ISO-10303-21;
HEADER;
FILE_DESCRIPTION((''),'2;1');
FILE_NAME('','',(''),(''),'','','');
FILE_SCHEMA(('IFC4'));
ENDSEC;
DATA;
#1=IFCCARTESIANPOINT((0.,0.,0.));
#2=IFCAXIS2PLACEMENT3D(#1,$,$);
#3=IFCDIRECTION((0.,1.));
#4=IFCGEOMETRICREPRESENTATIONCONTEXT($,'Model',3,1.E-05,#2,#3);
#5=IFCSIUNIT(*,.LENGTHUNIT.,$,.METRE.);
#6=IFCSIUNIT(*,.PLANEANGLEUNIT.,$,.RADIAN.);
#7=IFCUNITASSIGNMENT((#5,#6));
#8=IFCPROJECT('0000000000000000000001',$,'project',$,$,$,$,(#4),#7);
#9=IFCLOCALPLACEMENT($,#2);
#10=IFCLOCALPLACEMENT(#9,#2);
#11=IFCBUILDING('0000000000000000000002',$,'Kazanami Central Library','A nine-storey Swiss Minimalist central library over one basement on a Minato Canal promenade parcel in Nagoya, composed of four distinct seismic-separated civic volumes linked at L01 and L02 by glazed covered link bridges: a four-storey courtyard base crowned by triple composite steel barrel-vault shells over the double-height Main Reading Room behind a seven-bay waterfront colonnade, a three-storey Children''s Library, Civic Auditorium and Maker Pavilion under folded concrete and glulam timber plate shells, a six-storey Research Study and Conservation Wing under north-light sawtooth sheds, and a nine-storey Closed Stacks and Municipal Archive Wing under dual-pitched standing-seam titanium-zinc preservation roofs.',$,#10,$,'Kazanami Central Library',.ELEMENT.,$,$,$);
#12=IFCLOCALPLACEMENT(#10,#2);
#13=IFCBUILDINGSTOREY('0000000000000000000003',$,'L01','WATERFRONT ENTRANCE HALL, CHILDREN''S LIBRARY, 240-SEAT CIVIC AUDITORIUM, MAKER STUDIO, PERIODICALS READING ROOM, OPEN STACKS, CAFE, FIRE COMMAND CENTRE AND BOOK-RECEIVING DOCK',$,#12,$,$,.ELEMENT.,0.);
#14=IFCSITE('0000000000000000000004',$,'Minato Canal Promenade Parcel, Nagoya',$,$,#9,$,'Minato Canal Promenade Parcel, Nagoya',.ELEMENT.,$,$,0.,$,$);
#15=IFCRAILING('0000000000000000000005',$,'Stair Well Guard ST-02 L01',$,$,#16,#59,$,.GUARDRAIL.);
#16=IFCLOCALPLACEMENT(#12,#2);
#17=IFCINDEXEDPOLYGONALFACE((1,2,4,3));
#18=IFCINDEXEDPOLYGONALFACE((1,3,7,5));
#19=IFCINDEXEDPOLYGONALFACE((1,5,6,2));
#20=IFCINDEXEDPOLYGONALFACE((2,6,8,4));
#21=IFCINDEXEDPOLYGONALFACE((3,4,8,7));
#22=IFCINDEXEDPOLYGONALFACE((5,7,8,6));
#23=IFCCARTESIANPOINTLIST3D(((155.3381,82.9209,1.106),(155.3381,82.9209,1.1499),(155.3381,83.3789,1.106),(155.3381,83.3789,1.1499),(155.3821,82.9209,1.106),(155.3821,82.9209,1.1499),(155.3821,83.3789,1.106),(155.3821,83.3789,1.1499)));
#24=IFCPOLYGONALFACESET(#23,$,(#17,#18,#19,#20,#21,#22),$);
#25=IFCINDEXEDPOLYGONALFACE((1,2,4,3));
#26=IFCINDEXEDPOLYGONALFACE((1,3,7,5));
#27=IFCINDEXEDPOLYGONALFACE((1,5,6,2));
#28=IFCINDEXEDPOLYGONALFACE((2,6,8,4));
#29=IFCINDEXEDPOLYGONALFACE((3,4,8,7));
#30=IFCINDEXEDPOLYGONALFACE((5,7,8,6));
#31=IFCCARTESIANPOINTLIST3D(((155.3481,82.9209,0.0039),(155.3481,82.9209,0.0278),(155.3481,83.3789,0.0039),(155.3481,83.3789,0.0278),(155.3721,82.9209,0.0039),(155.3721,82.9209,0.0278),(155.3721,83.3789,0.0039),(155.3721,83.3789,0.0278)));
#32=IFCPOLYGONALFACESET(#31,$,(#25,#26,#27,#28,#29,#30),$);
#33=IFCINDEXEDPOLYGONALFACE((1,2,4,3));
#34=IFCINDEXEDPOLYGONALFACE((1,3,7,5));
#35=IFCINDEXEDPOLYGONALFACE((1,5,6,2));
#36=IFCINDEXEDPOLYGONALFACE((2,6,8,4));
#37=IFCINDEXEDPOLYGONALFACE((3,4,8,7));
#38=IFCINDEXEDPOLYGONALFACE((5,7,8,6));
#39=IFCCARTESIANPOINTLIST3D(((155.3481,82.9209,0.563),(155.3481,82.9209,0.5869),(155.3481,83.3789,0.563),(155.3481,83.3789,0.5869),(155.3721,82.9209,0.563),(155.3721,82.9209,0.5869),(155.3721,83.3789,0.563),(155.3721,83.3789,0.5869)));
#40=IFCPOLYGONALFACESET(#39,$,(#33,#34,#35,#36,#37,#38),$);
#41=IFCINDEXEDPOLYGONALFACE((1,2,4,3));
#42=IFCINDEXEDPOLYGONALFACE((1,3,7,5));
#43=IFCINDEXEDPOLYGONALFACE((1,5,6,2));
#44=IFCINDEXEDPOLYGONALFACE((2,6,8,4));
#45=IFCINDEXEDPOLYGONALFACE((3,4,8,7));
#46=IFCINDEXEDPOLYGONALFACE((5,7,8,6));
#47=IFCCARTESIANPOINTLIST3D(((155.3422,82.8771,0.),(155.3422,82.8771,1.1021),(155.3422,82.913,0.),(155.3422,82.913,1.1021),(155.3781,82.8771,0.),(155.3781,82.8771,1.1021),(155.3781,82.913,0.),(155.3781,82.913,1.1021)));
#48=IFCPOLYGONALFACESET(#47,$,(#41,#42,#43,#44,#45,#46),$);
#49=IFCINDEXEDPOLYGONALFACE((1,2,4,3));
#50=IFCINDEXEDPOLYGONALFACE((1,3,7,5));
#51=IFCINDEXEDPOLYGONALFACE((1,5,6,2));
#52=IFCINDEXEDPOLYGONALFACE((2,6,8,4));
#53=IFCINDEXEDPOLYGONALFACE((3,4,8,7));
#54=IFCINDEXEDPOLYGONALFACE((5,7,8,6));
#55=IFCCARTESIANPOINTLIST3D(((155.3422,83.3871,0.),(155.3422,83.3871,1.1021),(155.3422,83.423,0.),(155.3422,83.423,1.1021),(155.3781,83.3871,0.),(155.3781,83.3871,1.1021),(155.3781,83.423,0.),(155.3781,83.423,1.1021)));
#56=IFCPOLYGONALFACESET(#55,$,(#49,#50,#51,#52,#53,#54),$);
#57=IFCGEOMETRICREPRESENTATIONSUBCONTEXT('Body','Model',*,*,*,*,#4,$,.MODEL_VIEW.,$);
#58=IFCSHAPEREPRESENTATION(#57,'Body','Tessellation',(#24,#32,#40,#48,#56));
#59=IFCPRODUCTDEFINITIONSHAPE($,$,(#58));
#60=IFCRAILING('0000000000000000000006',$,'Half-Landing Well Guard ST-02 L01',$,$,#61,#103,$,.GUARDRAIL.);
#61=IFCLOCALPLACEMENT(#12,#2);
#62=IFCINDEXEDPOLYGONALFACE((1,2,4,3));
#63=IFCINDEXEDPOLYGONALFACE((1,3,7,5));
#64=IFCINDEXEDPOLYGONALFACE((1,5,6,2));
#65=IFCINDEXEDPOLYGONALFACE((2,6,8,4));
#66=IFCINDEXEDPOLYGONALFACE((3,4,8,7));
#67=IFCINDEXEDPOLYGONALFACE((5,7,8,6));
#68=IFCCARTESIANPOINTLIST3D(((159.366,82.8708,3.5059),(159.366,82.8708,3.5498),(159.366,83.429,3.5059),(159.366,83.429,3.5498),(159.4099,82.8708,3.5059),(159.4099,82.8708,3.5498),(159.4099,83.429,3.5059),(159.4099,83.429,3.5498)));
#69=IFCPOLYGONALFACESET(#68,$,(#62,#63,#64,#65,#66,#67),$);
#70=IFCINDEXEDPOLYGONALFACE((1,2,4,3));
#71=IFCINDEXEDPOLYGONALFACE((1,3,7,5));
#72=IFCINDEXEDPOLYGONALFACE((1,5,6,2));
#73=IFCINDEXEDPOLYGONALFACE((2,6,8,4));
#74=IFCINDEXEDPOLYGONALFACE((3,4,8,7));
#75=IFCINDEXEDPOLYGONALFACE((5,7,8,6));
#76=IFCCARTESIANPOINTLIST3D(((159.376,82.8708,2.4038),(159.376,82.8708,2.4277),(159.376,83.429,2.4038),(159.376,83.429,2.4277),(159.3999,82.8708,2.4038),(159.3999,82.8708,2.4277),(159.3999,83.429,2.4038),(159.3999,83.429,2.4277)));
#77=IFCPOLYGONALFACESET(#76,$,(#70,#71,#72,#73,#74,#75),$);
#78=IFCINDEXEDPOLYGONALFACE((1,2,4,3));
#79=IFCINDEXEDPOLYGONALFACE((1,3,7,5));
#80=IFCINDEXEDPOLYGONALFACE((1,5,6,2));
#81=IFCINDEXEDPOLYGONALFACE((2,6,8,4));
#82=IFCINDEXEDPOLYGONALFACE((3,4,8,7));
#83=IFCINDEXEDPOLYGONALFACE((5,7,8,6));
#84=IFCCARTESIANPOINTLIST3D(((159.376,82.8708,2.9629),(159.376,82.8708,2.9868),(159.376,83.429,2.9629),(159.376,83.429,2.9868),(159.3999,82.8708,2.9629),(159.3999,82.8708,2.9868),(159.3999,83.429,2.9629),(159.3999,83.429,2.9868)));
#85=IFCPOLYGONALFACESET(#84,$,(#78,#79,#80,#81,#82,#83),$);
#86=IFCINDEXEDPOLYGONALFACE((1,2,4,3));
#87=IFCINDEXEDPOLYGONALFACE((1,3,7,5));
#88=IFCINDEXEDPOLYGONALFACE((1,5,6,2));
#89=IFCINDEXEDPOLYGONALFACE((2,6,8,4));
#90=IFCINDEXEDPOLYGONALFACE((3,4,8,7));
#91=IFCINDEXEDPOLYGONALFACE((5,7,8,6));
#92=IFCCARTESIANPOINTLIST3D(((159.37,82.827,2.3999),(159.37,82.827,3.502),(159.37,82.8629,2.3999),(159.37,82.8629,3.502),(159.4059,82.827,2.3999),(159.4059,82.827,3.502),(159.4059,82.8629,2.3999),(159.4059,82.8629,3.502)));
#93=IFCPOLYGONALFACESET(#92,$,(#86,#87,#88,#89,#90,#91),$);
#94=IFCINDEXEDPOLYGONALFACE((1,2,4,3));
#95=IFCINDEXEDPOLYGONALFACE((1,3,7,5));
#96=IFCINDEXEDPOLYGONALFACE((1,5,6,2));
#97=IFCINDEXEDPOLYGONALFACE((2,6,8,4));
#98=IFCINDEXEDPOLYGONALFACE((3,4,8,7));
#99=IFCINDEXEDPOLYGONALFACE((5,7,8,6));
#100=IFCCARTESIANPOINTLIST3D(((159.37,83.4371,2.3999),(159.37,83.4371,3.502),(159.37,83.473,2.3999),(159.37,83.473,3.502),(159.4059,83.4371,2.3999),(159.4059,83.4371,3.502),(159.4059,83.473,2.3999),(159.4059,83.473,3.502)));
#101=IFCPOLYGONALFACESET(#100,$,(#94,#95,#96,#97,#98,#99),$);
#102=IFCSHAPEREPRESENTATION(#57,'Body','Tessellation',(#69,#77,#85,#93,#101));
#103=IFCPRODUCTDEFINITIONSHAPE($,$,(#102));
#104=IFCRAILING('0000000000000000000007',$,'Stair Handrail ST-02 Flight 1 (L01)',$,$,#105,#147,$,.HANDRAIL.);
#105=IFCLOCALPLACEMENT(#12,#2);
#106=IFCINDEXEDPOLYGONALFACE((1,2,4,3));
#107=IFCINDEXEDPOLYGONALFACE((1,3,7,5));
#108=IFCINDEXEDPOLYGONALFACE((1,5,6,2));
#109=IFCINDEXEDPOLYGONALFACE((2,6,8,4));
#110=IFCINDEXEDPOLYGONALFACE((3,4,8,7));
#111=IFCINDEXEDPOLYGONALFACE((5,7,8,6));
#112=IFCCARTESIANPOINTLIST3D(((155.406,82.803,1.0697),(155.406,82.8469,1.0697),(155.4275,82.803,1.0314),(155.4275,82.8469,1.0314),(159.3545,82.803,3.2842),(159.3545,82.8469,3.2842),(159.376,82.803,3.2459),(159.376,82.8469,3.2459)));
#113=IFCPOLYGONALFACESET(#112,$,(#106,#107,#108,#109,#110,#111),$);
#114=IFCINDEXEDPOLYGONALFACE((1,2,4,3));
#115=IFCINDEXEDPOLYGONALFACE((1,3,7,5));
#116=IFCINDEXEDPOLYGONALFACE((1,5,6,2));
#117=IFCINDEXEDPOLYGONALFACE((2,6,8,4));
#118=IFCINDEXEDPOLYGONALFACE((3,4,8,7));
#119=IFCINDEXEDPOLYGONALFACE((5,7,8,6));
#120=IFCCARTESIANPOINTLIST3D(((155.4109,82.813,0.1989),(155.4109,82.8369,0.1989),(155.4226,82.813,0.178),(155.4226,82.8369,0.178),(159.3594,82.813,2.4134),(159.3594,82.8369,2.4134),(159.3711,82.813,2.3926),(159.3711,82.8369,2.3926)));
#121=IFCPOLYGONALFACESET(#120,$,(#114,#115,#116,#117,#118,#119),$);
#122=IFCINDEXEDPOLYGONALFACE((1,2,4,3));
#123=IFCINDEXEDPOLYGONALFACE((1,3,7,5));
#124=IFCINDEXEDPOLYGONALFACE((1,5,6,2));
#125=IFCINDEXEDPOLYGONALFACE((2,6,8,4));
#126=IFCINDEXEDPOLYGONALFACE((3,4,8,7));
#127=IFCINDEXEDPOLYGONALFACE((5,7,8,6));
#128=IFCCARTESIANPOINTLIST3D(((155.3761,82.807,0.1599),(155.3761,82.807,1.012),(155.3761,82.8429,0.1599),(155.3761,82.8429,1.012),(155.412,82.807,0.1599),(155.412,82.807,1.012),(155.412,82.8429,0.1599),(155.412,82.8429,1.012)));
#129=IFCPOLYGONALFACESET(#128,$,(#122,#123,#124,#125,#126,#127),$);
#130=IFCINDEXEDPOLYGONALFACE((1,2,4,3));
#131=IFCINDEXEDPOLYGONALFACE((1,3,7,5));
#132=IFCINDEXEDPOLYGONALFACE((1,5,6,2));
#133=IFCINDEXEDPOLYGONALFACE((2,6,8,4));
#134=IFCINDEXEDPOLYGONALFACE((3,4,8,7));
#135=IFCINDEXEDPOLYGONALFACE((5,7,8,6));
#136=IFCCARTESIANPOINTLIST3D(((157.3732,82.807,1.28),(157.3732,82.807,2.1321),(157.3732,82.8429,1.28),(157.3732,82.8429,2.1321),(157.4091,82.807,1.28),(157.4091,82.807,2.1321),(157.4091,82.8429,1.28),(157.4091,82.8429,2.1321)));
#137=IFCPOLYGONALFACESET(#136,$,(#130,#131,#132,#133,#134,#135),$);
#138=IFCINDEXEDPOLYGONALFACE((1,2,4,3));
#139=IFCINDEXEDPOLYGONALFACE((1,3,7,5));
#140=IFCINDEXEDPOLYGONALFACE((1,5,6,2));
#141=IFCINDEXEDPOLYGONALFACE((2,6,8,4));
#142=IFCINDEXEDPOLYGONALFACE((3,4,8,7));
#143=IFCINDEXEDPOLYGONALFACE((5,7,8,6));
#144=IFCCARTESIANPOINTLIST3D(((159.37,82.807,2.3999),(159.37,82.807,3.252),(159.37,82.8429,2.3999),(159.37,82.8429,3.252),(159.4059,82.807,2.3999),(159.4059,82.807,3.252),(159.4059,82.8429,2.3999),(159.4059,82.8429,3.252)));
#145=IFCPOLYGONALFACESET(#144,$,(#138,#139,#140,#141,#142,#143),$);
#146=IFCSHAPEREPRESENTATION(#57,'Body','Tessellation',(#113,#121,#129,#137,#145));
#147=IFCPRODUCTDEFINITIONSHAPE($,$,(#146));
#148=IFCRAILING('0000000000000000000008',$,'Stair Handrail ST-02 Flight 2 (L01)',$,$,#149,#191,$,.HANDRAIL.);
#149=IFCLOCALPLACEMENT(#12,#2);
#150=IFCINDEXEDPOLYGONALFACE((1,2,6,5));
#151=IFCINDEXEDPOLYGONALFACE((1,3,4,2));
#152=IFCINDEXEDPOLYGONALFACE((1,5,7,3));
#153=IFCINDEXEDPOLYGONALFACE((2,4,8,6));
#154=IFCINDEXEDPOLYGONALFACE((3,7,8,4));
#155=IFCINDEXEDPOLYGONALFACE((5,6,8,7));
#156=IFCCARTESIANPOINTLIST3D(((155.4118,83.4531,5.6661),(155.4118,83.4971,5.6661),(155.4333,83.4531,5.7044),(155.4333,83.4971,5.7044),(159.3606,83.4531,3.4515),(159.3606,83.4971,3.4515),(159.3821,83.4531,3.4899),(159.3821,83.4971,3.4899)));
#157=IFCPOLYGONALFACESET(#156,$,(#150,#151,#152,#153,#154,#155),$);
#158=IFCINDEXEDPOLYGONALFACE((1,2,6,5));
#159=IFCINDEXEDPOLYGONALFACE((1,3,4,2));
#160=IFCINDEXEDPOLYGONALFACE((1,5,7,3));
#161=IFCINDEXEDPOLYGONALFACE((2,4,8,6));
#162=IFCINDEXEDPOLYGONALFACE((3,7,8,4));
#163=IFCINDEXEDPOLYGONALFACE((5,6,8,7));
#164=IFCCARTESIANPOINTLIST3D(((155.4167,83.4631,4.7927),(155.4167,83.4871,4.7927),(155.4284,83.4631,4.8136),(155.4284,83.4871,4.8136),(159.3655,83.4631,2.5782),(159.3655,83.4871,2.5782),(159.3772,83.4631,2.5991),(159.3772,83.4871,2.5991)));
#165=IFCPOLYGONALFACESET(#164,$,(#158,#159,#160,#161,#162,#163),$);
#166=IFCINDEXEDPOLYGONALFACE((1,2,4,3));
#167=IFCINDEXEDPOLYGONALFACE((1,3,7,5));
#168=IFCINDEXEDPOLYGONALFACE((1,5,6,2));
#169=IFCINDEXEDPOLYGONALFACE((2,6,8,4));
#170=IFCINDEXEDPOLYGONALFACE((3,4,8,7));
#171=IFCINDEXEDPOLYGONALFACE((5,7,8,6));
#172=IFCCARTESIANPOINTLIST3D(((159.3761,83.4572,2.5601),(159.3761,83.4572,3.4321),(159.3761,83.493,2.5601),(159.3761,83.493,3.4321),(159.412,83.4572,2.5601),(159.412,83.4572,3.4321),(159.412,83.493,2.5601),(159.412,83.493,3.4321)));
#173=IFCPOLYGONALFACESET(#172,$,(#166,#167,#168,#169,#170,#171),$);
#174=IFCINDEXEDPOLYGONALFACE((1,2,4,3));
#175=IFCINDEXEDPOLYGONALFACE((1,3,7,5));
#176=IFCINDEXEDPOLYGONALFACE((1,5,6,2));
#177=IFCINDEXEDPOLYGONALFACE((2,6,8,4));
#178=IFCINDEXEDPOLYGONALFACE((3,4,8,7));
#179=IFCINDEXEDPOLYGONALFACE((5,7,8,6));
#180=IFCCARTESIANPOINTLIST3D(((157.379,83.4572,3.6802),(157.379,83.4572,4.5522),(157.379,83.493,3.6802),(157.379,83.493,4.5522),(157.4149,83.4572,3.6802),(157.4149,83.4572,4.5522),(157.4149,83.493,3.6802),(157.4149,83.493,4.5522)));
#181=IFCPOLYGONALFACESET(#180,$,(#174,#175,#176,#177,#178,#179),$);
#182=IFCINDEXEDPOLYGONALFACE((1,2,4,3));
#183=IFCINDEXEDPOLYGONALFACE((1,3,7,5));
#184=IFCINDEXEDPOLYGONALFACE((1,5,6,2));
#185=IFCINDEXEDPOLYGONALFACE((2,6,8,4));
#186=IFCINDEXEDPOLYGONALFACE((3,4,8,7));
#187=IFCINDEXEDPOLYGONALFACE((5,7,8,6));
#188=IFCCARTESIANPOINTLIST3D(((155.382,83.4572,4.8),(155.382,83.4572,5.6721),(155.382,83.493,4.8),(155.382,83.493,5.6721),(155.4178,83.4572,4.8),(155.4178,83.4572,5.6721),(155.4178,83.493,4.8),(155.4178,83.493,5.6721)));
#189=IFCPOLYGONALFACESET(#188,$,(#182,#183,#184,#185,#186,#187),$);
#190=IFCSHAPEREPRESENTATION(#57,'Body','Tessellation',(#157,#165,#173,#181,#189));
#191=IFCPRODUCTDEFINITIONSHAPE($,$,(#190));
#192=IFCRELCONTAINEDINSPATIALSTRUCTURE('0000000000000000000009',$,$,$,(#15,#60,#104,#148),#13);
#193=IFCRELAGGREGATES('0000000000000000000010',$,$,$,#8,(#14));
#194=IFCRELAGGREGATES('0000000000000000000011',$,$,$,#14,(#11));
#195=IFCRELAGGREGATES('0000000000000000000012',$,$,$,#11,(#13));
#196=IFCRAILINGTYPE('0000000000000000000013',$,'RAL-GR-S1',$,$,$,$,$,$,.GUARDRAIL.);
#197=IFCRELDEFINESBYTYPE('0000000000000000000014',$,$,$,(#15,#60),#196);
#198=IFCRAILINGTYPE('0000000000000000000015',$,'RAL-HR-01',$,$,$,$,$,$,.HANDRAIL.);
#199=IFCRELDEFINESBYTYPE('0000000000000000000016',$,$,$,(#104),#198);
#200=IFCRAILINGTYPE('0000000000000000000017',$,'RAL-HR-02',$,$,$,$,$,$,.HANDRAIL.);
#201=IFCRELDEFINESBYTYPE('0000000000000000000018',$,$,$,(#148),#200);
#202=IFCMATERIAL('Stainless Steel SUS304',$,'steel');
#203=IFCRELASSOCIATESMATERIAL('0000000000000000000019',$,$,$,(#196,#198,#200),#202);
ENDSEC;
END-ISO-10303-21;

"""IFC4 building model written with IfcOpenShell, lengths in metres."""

from ifc_helpers import new_model, si_unit, direction, frame, origin, origin_2d, place, context, subcontext, project, spatial, rectangle, extrude, material, type_object, element, save


model = new_model("IFC4")

# Units and contexts
model_context = context("Model", 3, precision=1e-05, world=origin(), true_north=direction((0.0, 1.0)))
body_context = subcontext(model_context, "Body", "Model", "MODEL_VIEW")
ifc_project = project(units=[si_unit("LENGTHUNIT", "METRE"), si_unit("PLANEANGLEUNIT", "RADIAN")], contexts=[model_context])

# Site, building, storey
site_placement = place(None, origin())
site = spatial("IfcSite", under=ifc_project, at=site_placement, Name="Minato Canal Promenade Parcel, Nagoya", LongName="Minato Canal Promenade Parcel, Nagoya", CompositionType="ELEMENT", RefElevation=0.0)
building_placement = place(site_placement, origin())
building = spatial("IfcBuilding", under=site, at=building_placement, Name="Kazanami Central Library", Description="A nine-storey Swiss Minimalist central library over one basement on a Minato Canal promenade parcel in Nagoya, composed of four distinct seismic-separated civic volumes linked at L01 and L02 by glazed covered link bridges: a four-storey courtyard base crowned by triple composite steel barrel-vault shells over the double-height Main Reading Room behind a seven-bay waterfront colonnade, a three-storey Children's Library, Civic Auditorium and Maker Pavilion under folded concrete and glulam timber plate shells, a six-storey Research Study and Conservation Wing under north-light sawtooth sheds, and a nine-storey Closed Stacks and Municipal Archive Wing under dual-pitched standing-seam titanium-zinc preservation roofs.", LongName="Kazanami Central Library", CompositionType="ELEMENT")
storey_placement = place(building_placement, origin())
storey = spatial("IfcBuildingStorey", under=building, at=storey_placement, Name="L01", Description="WATERFRONT ENTRANCE HALL, CHILDREN'S LIBRARY, 240-SEAT CIVIC AUDITORIUM, MAKER STUDIO, PERIODICALS READING ROOM, OPEN STACKS, CAFE, FIRE COMMAND CENTRE AND BOOK-RECEIVING DOCK", CompositionType="ELEMENT", Elevation=0.0)

# Railings
ifc_material_1 = material(Name="Stainless Steel SUS304", Category="steel")
railing_type_1 = type_object("IfcRailingType", Name="RAL-GR-S1", PredefinedType="GUARDRAIL", material=ifc_material_1)
railing_1_placement = place(storey_placement, frame((155.3601, 82.895, 0.0)))
element("IfcRailing", 1, at=railing_1_placement, inside=storey, type_object=railing_type_1, Name="Stair Well Guard ST-02 L01", PredefinedType="GUARDRAIL", context=body_context, shape_type="SweptSolid", body=[
    extrude(rectangle(XDim=0.0439, YDim=0.0439, at=origin_2d()), frame((0.0, 0.0259, 1.1279), z_axis=(0.0, 1.0, 0.0), x_axis=(-1.0, 0.0, 0.0)), (0.0, 0.0, 1.0), 0.458),
    extrude(rectangle(XDim=0.0239, YDim=0.0239, at=origin_2d()), frame((0.0, 0.0259, 0.0159), z_axis=(0.0, 1.0, 0.0), x_axis=(-1.0, 0.0, 0.0)), (0.0, 0.0, 1.0), 0.458),
    extrude(rectangle(XDim=0.0239, YDim=0.0239, at=origin_2d()), frame((0.0, 0.0259, 0.575), z_axis=(0.0, 1.0, 0.0), x_axis=(-1.0, 0.0, 0.0)), (0.0, 0.0, 1.0), 0.458),
    extrude(rectangle(XDim=0.0359, YDim=0.0359, at=origin_2d()), origin(), (0.0, 0.0, 1.0), 1.1021),
    extrude(rectangle(XDim=0.0359, YDim=0.0359, at=origin_2d()), frame((0.0, 0.51, 0.0)), (0.0, 0.0, 1.0), 1.1021),
])
railing_2_placement = place(storey_placement, frame((159.3879, 82.845, 2.3999)))
element("IfcRailing", 2, at=railing_2_placement, inside=storey, type_object=railing_type_1, Name="Half-Landing Well Guard ST-02 L01", PredefinedType="GUARDRAIL", context=body_context, shape_type="SweptSolid", body=[
    extrude(rectangle(XDim=0.0439, YDim=0.0439, at=origin_2d()), frame((0.0, 0.0259, 1.1279), z_axis=(0.0, 1.0, 0.0), x_axis=(-1.0, 0.0, 0.0)), (0.0, 0.0, 1.0), 0.5581),
    extrude(rectangle(XDim=0.0239, YDim=0.0239, at=origin_2d()), frame((0.0, 0.0259, 0.0159), z_axis=(0.0, 1.0, 0.0), x_axis=(-1.0, 0.0, 0.0)), (0.0, 0.0, 1.0), 0.5581),
    extrude(rectangle(XDim=0.0239, YDim=0.0239, at=origin_2d()), frame((0.0, 0.0259, 0.575), z_axis=(0.0, 1.0, 0.0), x_axis=(-1.0, 0.0, 0.0)), (0.0, 0.0, 1.0), 0.5581),
    extrude(rectangle(XDim=0.0359, YDim=0.0359, at=origin_2d()), origin(), (0.0, 0.0, 1.0), 1.1021),
    extrude(rectangle(XDim=0.0359, YDim=0.0359, at=origin_2d()), frame((0.0, 0.6101, 0.0)), (0.0, 0.0, 1.0), 1.1021),
])
railing_type_2 = type_object("IfcRailingType", Name="RAL-HR-01", PredefinedType="HANDRAIL", material=ifc_material_1)
railing_3_placement = place(storey_placement, frame((155.394, 82.825, 0.1599)))
element("IfcRailing", 3, at=railing_3_placement, inside=storey, type_object=railing_type_2, Name="Stair Handrail ST-02 Flight 1 (L01)", PredefinedType="HANDRAIL", context=body_context, shape_type="SweptSolid", body=[
    extrude(rectangle(XDim=0.0439, YDim=0.0439, at=origin_2d()), frame((0.0227, 0.0, 0.8906), z_axis=(0.872189, 0.0, 0.48917), x_axis=(0.0, 1.0, 0.0)), (0.0, 0.0, 1.0), 4.5271),
    extrude(rectangle(XDim=0.0239, YDim=0.0239, at=origin_2d()), frame((0.0227, 0.0, 0.0286), z_axis=(0.872189, 0.0, 0.48917), x_axis=(0.0, 1.0, 0.0)), (0.0, 0.0, 1.0), 4.5271),
    extrude(rectangle(XDim=0.0359, YDim=0.0359, at=origin_2d()), origin(), (0.0, 0.0, 1.0), 0.8521),
    extrude(rectangle(XDim=0.0359, YDim=0.0359, at=origin_2d()), frame((1.9971, 0.0, 1.1201)), (0.0, 0.0, 1.0), 0.8521),
    extrude(rectangle(XDim=0.0359, YDim=0.0359, at=origin_2d()), frame((3.9939, 0.0, 2.24)), (0.0, 0.0, 1.0), 0.8521),
])
railing_type_3 = type_object("IfcRailingType", Name="RAL-HR-02", PredefinedType="HANDRAIL", material=ifc_material_1)
railing_4_placement = place(storey_placement, frame((159.394, 83.4751, 2.5601)))
element("IfcRailing", 4, at=railing_4_placement, inside=storey, type_object=railing_type_3, Name="Stair Handrail ST-02 Flight 2 (L01)", PredefinedType="HANDRAIL", context=body_context, shape_type="SweptSolid", body=[
    extrude(rectangle(XDim=0.0439, YDim=0.0439, at=origin_2d()), frame((-0.0227, 0.0, 0.9106), z_axis=(-0.872201, 0.0, 0.489147), x_axis=(0.0, -1.0, 0.0)), (0.0, 0.0, 1.0), 4.5273),
    extrude(rectangle(XDim=0.0239, YDim=0.0239, at=origin_2d()), frame((-0.0227, 0.0, 0.0286), z_axis=(-0.872201, 0.0, 0.489147), x_axis=(0.0, -1.0, 0.0)), (0.0, 0.0, 1.0), 4.5273),
    extrude(rectangle(XDim=0.0359, YDim=0.0359, at=origin_2d()), origin(), (0.0, 0.0, 1.0), 0.8721),
    extrude(rectangle(XDim=0.0359, YDim=0.0359, at=origin_2d()), frame((-1.9971, 0.0, 1.1201)), (0.0, 0.0, 1.0), 0.8721),
    extrude(rectangle(XDim=0.0359, YDim=0.0359, at=origin_2d()), frame((-3.9941, 0.0, 2.24)), (0.0, 0.0, 1.0), 0.8721),
])

save(model, "model.ifc")
